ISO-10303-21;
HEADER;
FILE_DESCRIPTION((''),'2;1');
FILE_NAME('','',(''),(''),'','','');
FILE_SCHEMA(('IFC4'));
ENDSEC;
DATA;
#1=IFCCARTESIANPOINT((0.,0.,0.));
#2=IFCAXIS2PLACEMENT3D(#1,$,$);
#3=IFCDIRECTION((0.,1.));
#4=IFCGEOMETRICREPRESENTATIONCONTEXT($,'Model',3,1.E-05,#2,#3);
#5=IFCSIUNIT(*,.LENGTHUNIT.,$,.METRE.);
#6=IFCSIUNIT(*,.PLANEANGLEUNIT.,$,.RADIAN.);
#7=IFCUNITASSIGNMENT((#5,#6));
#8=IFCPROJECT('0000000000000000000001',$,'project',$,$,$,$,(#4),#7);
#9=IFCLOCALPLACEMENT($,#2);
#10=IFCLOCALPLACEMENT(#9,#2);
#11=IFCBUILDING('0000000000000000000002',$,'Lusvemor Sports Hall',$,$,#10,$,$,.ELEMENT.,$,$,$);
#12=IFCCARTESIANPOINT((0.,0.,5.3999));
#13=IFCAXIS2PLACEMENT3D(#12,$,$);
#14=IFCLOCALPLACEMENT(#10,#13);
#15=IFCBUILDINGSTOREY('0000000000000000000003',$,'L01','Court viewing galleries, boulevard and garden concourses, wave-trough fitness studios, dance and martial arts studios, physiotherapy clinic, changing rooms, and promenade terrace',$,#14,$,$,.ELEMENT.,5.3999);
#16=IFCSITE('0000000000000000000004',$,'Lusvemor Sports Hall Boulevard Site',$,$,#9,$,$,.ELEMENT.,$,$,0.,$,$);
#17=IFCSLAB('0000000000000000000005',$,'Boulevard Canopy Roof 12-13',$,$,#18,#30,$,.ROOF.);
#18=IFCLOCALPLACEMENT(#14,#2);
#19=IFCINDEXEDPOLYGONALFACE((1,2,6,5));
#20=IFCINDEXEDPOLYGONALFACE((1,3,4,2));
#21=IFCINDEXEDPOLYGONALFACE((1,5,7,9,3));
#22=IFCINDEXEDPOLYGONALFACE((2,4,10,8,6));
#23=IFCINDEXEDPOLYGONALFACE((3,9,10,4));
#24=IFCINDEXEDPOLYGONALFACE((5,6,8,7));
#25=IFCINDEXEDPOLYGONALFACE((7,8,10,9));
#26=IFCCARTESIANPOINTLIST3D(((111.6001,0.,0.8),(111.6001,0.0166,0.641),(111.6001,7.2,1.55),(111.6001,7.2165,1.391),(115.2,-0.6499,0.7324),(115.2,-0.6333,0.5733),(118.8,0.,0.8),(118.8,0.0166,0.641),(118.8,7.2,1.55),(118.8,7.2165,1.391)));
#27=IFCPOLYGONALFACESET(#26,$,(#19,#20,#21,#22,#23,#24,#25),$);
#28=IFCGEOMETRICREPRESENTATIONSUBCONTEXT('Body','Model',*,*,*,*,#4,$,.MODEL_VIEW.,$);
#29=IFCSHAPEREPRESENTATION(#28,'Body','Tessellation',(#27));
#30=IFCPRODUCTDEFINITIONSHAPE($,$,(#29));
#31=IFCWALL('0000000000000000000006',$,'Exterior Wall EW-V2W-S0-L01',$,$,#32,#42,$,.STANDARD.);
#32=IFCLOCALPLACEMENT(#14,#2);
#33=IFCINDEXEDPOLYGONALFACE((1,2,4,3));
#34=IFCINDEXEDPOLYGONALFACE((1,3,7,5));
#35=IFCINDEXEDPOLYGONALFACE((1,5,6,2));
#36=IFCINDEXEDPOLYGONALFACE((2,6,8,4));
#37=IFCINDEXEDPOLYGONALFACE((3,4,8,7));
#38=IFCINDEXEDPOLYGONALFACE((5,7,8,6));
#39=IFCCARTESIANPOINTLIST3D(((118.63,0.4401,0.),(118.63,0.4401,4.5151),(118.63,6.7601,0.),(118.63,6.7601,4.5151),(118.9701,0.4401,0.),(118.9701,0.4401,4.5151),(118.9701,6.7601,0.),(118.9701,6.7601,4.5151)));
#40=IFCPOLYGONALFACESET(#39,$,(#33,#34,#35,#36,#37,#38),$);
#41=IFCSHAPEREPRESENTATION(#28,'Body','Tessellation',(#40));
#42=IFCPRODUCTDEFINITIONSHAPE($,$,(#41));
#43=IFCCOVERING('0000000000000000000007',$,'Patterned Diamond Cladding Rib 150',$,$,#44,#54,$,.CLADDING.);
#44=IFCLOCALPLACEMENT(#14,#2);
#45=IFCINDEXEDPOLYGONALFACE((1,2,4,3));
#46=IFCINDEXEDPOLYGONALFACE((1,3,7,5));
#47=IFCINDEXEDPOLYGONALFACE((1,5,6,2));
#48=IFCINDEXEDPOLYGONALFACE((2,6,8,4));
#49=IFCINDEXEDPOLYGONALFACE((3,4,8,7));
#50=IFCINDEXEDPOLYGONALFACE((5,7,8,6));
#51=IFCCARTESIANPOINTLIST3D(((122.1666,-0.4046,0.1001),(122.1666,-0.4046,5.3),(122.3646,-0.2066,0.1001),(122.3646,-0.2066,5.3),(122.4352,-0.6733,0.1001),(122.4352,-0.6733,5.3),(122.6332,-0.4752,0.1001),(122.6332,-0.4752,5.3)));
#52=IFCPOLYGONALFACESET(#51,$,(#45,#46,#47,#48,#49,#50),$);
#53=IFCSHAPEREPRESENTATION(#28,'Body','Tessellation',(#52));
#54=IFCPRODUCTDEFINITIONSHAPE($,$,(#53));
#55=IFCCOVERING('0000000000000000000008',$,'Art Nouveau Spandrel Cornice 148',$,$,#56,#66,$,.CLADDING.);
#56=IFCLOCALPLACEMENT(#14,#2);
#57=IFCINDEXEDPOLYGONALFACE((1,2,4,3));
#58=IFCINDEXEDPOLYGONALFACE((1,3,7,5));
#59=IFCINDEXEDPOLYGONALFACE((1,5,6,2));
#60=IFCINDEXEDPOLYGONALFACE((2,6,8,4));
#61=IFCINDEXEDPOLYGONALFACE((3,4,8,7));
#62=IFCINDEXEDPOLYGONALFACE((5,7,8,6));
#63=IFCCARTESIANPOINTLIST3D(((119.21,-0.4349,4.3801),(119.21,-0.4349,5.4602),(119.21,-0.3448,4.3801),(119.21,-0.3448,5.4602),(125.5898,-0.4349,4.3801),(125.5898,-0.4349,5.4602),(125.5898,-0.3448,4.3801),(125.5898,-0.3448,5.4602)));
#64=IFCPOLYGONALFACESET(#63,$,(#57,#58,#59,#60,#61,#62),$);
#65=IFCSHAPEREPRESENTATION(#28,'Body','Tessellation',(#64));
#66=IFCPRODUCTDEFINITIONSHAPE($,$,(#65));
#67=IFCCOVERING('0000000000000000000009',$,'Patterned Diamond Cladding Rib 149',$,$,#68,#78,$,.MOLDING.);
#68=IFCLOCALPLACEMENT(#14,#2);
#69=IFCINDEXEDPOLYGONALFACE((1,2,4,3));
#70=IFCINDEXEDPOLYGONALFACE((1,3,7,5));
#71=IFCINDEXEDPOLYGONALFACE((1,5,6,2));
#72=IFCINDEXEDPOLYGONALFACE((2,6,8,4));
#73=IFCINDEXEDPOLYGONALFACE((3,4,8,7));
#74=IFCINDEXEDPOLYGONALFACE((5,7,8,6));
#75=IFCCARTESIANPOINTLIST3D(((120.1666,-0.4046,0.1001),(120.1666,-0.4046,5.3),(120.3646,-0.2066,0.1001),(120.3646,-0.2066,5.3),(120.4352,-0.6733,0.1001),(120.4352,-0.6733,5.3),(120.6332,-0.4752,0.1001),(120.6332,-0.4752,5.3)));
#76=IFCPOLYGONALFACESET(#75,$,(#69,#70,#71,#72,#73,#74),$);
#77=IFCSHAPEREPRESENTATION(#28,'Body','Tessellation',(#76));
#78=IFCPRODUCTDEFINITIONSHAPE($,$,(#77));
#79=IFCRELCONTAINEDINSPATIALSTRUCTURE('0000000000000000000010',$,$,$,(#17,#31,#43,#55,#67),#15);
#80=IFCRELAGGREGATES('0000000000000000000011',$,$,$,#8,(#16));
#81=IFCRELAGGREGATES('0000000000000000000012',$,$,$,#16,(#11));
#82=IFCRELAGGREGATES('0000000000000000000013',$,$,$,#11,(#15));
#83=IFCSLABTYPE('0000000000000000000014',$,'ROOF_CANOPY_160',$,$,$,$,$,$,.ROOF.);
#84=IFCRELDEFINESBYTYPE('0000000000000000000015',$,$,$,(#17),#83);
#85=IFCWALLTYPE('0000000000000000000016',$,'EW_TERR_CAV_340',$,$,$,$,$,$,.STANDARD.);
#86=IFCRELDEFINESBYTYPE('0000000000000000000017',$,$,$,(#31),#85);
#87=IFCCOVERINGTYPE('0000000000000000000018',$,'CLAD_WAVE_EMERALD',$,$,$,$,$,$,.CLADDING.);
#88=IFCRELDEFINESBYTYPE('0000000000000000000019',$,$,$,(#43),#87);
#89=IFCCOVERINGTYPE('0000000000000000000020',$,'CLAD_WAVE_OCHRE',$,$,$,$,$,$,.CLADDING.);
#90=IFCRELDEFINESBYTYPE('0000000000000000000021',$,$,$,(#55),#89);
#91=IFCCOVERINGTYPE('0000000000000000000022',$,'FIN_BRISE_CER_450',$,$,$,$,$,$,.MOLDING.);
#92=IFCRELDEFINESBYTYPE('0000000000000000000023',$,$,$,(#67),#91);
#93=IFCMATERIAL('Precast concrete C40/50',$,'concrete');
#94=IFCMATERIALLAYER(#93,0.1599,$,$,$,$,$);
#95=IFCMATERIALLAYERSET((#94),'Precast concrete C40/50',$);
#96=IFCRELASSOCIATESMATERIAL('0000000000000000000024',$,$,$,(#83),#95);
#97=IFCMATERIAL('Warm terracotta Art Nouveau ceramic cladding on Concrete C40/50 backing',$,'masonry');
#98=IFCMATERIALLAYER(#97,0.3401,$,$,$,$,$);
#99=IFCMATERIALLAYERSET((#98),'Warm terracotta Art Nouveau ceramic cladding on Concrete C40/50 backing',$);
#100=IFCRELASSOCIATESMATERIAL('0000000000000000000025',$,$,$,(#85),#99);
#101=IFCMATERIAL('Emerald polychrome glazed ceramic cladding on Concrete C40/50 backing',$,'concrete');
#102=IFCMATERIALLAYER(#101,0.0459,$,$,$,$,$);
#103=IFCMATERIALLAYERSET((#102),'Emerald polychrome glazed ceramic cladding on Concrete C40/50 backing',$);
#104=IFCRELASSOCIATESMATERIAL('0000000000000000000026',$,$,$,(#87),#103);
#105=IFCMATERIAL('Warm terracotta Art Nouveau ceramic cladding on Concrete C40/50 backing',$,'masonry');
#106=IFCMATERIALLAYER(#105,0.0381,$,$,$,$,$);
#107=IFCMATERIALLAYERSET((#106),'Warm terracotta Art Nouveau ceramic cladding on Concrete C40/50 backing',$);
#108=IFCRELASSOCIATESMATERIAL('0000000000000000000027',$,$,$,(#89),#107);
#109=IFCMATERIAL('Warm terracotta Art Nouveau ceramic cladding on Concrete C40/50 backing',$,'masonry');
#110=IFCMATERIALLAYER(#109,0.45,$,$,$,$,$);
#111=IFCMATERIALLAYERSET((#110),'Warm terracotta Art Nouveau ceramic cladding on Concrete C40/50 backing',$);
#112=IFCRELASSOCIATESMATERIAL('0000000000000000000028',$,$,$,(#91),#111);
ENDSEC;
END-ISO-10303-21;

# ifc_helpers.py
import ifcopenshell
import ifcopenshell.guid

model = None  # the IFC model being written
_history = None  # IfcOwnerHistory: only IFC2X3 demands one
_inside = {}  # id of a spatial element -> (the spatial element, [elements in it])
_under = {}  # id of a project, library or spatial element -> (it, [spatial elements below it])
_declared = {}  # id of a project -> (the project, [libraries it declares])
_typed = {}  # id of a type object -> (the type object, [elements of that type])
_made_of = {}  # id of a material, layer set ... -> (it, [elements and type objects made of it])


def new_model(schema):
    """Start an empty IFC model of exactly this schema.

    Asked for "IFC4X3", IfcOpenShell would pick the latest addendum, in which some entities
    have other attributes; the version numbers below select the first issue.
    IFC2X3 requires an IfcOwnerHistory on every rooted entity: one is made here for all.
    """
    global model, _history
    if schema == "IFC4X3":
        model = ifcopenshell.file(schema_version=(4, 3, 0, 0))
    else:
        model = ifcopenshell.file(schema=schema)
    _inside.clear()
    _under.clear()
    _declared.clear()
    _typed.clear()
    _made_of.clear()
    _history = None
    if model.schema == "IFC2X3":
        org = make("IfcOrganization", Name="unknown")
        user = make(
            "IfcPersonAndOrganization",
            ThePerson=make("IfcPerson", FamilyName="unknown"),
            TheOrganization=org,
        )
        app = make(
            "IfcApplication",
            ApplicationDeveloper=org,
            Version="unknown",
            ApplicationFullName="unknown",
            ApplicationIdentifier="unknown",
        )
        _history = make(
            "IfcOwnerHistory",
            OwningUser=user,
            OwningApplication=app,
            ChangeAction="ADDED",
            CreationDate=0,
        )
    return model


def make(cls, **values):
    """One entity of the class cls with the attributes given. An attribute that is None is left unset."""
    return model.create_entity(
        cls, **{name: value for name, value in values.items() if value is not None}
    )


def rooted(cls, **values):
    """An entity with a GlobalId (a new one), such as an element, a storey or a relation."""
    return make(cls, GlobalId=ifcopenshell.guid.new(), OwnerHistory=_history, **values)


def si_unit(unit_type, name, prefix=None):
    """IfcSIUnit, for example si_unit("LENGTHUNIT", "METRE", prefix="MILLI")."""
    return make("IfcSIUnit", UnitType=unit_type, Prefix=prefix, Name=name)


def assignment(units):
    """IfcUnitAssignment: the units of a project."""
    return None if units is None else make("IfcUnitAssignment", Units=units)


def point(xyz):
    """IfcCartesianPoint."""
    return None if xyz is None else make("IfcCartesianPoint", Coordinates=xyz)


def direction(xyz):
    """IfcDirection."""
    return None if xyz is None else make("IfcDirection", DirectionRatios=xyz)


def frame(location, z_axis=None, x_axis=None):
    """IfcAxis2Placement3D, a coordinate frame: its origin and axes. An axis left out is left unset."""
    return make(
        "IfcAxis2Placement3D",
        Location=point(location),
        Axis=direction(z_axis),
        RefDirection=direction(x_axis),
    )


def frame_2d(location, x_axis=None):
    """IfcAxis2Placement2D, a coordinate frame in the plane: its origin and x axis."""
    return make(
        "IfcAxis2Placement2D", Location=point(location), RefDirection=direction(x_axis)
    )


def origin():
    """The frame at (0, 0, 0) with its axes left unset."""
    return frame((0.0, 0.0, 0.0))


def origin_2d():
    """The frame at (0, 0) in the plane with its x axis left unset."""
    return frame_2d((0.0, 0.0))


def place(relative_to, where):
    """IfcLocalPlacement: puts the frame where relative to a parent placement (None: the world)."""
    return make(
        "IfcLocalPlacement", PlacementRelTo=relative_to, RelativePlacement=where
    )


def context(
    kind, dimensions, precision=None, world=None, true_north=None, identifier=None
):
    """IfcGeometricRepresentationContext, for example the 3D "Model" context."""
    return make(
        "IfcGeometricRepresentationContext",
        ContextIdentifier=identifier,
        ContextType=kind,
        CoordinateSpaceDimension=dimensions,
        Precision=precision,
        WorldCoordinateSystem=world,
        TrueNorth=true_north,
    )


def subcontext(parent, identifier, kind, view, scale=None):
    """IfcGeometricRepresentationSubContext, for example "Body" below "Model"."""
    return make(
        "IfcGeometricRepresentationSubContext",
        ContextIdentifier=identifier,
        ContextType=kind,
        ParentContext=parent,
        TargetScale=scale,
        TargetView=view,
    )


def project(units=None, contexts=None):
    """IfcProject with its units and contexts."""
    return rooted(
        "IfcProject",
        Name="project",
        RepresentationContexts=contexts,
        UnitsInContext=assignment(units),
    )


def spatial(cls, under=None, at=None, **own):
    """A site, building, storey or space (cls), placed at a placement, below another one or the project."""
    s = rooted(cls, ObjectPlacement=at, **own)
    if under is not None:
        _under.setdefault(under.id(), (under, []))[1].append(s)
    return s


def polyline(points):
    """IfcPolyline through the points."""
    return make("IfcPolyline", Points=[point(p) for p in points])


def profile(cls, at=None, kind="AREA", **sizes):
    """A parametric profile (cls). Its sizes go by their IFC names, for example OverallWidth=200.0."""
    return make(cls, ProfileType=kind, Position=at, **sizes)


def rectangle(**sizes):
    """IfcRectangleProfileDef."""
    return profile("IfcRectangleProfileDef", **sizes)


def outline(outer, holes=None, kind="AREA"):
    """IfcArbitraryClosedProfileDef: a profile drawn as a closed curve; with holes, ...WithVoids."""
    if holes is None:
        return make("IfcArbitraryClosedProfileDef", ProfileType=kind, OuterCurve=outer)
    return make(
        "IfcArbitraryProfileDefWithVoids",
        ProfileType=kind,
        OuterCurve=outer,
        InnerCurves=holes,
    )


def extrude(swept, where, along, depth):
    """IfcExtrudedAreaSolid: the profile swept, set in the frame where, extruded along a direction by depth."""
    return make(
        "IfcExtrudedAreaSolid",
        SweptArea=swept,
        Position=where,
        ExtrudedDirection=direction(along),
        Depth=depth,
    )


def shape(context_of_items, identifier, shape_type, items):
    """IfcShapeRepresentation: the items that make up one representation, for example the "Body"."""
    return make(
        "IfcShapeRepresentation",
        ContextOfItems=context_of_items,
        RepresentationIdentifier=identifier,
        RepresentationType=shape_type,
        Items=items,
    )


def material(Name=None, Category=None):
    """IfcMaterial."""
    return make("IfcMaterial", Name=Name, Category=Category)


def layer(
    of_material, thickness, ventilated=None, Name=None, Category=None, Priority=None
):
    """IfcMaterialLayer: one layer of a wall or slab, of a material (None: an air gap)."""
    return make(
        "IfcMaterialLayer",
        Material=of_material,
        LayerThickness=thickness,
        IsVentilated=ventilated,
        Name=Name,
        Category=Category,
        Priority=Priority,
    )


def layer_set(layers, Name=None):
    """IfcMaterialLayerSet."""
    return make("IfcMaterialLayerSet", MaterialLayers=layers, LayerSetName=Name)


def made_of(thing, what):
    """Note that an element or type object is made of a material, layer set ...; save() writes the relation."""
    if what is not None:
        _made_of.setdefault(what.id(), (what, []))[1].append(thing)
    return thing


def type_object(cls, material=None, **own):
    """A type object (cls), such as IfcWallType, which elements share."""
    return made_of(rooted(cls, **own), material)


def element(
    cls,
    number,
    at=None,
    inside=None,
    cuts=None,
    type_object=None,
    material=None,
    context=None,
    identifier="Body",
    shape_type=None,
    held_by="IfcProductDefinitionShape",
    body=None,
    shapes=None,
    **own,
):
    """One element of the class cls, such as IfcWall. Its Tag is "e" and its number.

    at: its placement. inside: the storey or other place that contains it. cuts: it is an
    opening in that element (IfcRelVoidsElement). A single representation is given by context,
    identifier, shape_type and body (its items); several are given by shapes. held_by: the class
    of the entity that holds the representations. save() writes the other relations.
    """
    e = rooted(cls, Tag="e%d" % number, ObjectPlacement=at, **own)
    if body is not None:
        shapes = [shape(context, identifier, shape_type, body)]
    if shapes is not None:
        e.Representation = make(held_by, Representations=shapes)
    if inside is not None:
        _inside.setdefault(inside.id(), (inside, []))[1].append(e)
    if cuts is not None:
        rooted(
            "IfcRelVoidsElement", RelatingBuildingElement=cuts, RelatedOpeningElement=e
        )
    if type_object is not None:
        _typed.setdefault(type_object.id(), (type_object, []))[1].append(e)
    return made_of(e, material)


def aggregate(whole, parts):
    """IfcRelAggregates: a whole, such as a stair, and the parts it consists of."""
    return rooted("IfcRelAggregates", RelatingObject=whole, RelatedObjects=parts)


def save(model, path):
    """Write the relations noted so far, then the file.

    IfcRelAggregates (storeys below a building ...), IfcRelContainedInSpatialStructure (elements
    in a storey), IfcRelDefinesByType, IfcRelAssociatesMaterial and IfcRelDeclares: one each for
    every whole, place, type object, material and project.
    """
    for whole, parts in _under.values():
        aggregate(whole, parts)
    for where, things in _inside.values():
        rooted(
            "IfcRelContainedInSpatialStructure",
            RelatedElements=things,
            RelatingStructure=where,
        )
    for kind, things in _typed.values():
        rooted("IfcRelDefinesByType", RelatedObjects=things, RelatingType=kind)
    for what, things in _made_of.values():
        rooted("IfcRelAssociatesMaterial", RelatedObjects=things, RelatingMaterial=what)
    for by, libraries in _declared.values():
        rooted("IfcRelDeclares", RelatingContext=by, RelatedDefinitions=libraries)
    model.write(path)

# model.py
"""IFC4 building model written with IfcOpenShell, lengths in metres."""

from ifc_helpers import new_model, si_unit, direction, frame, frame_2d, origin, origin_2d, place, context, subcontext, project, spatial, polyline, rectangle, outline, extrude, material, layer, layer_set, type_object, element, save


model = new_model("IFC4")

# Units and contexts
model_context = context("Model", 3, precision=1e-05, world=origin(), true_north=direction((0.0, 1.0)))
body_context = subcontext(model_context, "Body", "Model", "MODEL_VIEW")
ifc_project = project(units=[si_unit("LENGTHUNIT", "METRE"), si_unit("PLANEANGLEUNIT", "RADIAN")], contexts=[model_context])

# Site, building, storey
site_placement = place(None, origin())
site = spatial("IfcSite", under=ifc_project, at=site_placement, Name="Lusvemor Sports Hall Boulevard Site", CompositionType="ELEMENT", RefElevation=0.0)
building_placement = place(site_placement, origin())
building = spatial("IfcBuilding", under=site, at=building_placement, Name="Lusvemor Sports Hall", CompositionType="ELEMENT")
storey_placement = place(building_placement, frame((0.0, 0.0, 5.3999)))
storey = spatial("IfcBuildingStorey", under=building, at=storey_placement, Name="L01", Description="Court viewing galleries, boulevard and garden concourses, wave-trough fitness studios, dance and martial arts studios, physiotherapy clinic, changing rooms, and promenade terrace", CompositionType="ELEMENT", Elevation=5.3999)

# Slab
ifc_material_1 = material(Name="Precast concrete C40/50", Category="concrete")
ifc_layer_1 = layer(ifc_material_1, 0.1599)
ifc_layer_set_1 = layer_set([ifc_layer_1], Name="Precast concrete C40/50")
slab_type = type_object("IfcSlabType", Name="ROOF_CANOPY_160", PredefinedType="ROOF", material=ifc_layer_set_1)
slab_placement = place(storey_placement, frame((118.8, 0.0, 0.8), z_axis=(0.0, -0.103602, 0.994619), x_axis=(-0.983925, -0.17762, -0.018501)))
element("IfcSlab", 1, at=slab_placement, inside=storey, type_object=slab_type, Name="Boulevard Canopy Roof 12-13", PredefinedType="ROOF", context=body_context, shape_type="SweptSolid", body=[
    extrude(outline(polyline([(0.0, 0.0), (3.6589, 0.0), (7.0842, -1.2858), (5.7915, -8.4083), (-1.2927, -7.1225), (0.0, 0.0)])), origin(), (0.0, 0.0, -1.0), 0.1599),
])

# Wall
ifc_material_2 = material(Name="Warm terracotta Art Nouveau ceramic cladding on Concrete C40/50 backing", Category="masonry")
ifc_layer_2 = layer(ifc_material_2, 0.3401)
ifc_layer_set_2 = layer_set([ifc_layer_2], Name="Warm terracotta Art Nouveau ceramic cladding on Concrete C40/50 backing")
wall_type = type_object("IfcWallType", Name="EW_TERR_CAV_340", PredefinedType="STANDARD", material=ifc_layer_set_2)
wall_placement = place(storey_placement, frame((118.8, 0.4399, 0.0), z_axis=(0.0, 0.0, 1.0), x_axis=(0.0, 1.0, 0.0)))
element("IfcWall", 2, at=wall_placement, inside=storey, type_object=wall_type, Name="Exterior Wall EW-V2W-S0-L01", PredefinedType="STANDARD", context=body_context, shape_type="SweptSolid", body=[
    extrude(rectangle(XDim=6.3201, YDim=0.3401, at=frame_2d((3.1602, 0.0))), origin(), (0.0, 0.0, 1.0), 4.5151),
])

# Coverings
ifc_material_3 = material(Name="Emerald polychrome glazed ceramic cladding on Concrete C40/50 backing", Category="concrete")
ifc_layer_3 = layer(ifc_material_3, 0.0459)
ifc_layer_set_3 = layer_set([ifc_layer_3], Name="Emerald polychrome glazed ceramic cladding on Concrete C40/50 backing")
covering_type_1 = type_object("IfcCoveringType", Name="CLAD_WAVE_EMERALD", PredefinedType="CLADDING", material=ifc_layer_set_3)
covering_1_placement = place(storey_placement, frame((122.3999, -0.4399, 0.1001), z_axis=(0.0, 0.0, 1.0), x_axis=(0.707107, 0.707107, 0.0)))
element("IfcCovering", 3, at=covering_1_placement, inside=storey, type_object=covering_type_1, Name="Patterned Diamond Cladding Rib 150", PredefinedType="CLADDING", context=body_context, shape_type="SweptSolid", body=[
    extrude(rectangle(XDim=0.28, YDim=0.3799, at=origin_2d()), origin(), (0.0, 0.0, 1.0), 5.2),
])
ifc_material_4 = material(Name="Warm terracotta Art Nouveau ceramic cladding on Concrete C40/50 backing", Category="masonry")
ifc_layer_4 = layer(ifc_material_4, 0.0381)
ifc_layer_set_4 = layer_set([ifc_layer_4], Name="Warm terracotta Art Nouveau ceramic cladding on Concrete C40/50 backing")
covering_type_2 = type_object("IfcCoveringType", Name="CLAD_WAVE_OCHRE", PredefinedType="CLADDING", material=ifc_layer_set_4)
covering_2_placement = place(storey_placement, frame((122.3999, -0.3899, 4.3801), z_axis=(0.0, 0.0, 1.0), x_axis=(1.0, 0.0, 0.0)))
element("IfcCovering", 4, at=covering_2_placement, inside=storey, type_object=covering_type_2, Name="Art Nouveau Spandrel Cornice 148", PredefinedType="CLADDING", context=body_context, shape_type="SweptSolid", body=[
    extrude(rectangle(XDim=6.3799, YDim=0.0901, at=origin_2d()), origin(), (0.0, 0.0, 1.0), 1.0801),
])
ifc_material_5 = material(Name="Warm terracotta Art Nouveau ceramic cladding on Concrete C40/50 backing", Category="masonry")
ifc_layer_5 = layer(ifc_material_5, 0.45)
ifc_layer_set_5 = layer_set([ifc_layer_5], Name="Warm terracotta Art Nouveau ceramic cladding on Concrete C40/50 backing")
covering_type_3 = type_object("IfcCoveringType", Name="FIN_BRISE_CER_450", PredefinedType="MOLDING", material=ifc_layer_set_5)
covering_3_placement = place(storey_placement, frame((120.3999, -0.4399, 0.1001), z_axis=(0.0, 0.0, 1.0), x_axis=(0.707107, 0.707107, 0.0)))
element("IfcCovering", 5, at=covering_3_placement, inside=storey, type_object=covering_type_3, Name="Patterned Diamond Cladding Rib 149", PredefinedType="MOLDING", context=body_context, shape_type="SweptSolid", body=[
    extrude(rectangle(XDim=0.28, YDim=0.3799, at=origin_2d()), origin(), (0.0, 0.0, 1.0), 5.2),
])

save(model, "model.ifc")
